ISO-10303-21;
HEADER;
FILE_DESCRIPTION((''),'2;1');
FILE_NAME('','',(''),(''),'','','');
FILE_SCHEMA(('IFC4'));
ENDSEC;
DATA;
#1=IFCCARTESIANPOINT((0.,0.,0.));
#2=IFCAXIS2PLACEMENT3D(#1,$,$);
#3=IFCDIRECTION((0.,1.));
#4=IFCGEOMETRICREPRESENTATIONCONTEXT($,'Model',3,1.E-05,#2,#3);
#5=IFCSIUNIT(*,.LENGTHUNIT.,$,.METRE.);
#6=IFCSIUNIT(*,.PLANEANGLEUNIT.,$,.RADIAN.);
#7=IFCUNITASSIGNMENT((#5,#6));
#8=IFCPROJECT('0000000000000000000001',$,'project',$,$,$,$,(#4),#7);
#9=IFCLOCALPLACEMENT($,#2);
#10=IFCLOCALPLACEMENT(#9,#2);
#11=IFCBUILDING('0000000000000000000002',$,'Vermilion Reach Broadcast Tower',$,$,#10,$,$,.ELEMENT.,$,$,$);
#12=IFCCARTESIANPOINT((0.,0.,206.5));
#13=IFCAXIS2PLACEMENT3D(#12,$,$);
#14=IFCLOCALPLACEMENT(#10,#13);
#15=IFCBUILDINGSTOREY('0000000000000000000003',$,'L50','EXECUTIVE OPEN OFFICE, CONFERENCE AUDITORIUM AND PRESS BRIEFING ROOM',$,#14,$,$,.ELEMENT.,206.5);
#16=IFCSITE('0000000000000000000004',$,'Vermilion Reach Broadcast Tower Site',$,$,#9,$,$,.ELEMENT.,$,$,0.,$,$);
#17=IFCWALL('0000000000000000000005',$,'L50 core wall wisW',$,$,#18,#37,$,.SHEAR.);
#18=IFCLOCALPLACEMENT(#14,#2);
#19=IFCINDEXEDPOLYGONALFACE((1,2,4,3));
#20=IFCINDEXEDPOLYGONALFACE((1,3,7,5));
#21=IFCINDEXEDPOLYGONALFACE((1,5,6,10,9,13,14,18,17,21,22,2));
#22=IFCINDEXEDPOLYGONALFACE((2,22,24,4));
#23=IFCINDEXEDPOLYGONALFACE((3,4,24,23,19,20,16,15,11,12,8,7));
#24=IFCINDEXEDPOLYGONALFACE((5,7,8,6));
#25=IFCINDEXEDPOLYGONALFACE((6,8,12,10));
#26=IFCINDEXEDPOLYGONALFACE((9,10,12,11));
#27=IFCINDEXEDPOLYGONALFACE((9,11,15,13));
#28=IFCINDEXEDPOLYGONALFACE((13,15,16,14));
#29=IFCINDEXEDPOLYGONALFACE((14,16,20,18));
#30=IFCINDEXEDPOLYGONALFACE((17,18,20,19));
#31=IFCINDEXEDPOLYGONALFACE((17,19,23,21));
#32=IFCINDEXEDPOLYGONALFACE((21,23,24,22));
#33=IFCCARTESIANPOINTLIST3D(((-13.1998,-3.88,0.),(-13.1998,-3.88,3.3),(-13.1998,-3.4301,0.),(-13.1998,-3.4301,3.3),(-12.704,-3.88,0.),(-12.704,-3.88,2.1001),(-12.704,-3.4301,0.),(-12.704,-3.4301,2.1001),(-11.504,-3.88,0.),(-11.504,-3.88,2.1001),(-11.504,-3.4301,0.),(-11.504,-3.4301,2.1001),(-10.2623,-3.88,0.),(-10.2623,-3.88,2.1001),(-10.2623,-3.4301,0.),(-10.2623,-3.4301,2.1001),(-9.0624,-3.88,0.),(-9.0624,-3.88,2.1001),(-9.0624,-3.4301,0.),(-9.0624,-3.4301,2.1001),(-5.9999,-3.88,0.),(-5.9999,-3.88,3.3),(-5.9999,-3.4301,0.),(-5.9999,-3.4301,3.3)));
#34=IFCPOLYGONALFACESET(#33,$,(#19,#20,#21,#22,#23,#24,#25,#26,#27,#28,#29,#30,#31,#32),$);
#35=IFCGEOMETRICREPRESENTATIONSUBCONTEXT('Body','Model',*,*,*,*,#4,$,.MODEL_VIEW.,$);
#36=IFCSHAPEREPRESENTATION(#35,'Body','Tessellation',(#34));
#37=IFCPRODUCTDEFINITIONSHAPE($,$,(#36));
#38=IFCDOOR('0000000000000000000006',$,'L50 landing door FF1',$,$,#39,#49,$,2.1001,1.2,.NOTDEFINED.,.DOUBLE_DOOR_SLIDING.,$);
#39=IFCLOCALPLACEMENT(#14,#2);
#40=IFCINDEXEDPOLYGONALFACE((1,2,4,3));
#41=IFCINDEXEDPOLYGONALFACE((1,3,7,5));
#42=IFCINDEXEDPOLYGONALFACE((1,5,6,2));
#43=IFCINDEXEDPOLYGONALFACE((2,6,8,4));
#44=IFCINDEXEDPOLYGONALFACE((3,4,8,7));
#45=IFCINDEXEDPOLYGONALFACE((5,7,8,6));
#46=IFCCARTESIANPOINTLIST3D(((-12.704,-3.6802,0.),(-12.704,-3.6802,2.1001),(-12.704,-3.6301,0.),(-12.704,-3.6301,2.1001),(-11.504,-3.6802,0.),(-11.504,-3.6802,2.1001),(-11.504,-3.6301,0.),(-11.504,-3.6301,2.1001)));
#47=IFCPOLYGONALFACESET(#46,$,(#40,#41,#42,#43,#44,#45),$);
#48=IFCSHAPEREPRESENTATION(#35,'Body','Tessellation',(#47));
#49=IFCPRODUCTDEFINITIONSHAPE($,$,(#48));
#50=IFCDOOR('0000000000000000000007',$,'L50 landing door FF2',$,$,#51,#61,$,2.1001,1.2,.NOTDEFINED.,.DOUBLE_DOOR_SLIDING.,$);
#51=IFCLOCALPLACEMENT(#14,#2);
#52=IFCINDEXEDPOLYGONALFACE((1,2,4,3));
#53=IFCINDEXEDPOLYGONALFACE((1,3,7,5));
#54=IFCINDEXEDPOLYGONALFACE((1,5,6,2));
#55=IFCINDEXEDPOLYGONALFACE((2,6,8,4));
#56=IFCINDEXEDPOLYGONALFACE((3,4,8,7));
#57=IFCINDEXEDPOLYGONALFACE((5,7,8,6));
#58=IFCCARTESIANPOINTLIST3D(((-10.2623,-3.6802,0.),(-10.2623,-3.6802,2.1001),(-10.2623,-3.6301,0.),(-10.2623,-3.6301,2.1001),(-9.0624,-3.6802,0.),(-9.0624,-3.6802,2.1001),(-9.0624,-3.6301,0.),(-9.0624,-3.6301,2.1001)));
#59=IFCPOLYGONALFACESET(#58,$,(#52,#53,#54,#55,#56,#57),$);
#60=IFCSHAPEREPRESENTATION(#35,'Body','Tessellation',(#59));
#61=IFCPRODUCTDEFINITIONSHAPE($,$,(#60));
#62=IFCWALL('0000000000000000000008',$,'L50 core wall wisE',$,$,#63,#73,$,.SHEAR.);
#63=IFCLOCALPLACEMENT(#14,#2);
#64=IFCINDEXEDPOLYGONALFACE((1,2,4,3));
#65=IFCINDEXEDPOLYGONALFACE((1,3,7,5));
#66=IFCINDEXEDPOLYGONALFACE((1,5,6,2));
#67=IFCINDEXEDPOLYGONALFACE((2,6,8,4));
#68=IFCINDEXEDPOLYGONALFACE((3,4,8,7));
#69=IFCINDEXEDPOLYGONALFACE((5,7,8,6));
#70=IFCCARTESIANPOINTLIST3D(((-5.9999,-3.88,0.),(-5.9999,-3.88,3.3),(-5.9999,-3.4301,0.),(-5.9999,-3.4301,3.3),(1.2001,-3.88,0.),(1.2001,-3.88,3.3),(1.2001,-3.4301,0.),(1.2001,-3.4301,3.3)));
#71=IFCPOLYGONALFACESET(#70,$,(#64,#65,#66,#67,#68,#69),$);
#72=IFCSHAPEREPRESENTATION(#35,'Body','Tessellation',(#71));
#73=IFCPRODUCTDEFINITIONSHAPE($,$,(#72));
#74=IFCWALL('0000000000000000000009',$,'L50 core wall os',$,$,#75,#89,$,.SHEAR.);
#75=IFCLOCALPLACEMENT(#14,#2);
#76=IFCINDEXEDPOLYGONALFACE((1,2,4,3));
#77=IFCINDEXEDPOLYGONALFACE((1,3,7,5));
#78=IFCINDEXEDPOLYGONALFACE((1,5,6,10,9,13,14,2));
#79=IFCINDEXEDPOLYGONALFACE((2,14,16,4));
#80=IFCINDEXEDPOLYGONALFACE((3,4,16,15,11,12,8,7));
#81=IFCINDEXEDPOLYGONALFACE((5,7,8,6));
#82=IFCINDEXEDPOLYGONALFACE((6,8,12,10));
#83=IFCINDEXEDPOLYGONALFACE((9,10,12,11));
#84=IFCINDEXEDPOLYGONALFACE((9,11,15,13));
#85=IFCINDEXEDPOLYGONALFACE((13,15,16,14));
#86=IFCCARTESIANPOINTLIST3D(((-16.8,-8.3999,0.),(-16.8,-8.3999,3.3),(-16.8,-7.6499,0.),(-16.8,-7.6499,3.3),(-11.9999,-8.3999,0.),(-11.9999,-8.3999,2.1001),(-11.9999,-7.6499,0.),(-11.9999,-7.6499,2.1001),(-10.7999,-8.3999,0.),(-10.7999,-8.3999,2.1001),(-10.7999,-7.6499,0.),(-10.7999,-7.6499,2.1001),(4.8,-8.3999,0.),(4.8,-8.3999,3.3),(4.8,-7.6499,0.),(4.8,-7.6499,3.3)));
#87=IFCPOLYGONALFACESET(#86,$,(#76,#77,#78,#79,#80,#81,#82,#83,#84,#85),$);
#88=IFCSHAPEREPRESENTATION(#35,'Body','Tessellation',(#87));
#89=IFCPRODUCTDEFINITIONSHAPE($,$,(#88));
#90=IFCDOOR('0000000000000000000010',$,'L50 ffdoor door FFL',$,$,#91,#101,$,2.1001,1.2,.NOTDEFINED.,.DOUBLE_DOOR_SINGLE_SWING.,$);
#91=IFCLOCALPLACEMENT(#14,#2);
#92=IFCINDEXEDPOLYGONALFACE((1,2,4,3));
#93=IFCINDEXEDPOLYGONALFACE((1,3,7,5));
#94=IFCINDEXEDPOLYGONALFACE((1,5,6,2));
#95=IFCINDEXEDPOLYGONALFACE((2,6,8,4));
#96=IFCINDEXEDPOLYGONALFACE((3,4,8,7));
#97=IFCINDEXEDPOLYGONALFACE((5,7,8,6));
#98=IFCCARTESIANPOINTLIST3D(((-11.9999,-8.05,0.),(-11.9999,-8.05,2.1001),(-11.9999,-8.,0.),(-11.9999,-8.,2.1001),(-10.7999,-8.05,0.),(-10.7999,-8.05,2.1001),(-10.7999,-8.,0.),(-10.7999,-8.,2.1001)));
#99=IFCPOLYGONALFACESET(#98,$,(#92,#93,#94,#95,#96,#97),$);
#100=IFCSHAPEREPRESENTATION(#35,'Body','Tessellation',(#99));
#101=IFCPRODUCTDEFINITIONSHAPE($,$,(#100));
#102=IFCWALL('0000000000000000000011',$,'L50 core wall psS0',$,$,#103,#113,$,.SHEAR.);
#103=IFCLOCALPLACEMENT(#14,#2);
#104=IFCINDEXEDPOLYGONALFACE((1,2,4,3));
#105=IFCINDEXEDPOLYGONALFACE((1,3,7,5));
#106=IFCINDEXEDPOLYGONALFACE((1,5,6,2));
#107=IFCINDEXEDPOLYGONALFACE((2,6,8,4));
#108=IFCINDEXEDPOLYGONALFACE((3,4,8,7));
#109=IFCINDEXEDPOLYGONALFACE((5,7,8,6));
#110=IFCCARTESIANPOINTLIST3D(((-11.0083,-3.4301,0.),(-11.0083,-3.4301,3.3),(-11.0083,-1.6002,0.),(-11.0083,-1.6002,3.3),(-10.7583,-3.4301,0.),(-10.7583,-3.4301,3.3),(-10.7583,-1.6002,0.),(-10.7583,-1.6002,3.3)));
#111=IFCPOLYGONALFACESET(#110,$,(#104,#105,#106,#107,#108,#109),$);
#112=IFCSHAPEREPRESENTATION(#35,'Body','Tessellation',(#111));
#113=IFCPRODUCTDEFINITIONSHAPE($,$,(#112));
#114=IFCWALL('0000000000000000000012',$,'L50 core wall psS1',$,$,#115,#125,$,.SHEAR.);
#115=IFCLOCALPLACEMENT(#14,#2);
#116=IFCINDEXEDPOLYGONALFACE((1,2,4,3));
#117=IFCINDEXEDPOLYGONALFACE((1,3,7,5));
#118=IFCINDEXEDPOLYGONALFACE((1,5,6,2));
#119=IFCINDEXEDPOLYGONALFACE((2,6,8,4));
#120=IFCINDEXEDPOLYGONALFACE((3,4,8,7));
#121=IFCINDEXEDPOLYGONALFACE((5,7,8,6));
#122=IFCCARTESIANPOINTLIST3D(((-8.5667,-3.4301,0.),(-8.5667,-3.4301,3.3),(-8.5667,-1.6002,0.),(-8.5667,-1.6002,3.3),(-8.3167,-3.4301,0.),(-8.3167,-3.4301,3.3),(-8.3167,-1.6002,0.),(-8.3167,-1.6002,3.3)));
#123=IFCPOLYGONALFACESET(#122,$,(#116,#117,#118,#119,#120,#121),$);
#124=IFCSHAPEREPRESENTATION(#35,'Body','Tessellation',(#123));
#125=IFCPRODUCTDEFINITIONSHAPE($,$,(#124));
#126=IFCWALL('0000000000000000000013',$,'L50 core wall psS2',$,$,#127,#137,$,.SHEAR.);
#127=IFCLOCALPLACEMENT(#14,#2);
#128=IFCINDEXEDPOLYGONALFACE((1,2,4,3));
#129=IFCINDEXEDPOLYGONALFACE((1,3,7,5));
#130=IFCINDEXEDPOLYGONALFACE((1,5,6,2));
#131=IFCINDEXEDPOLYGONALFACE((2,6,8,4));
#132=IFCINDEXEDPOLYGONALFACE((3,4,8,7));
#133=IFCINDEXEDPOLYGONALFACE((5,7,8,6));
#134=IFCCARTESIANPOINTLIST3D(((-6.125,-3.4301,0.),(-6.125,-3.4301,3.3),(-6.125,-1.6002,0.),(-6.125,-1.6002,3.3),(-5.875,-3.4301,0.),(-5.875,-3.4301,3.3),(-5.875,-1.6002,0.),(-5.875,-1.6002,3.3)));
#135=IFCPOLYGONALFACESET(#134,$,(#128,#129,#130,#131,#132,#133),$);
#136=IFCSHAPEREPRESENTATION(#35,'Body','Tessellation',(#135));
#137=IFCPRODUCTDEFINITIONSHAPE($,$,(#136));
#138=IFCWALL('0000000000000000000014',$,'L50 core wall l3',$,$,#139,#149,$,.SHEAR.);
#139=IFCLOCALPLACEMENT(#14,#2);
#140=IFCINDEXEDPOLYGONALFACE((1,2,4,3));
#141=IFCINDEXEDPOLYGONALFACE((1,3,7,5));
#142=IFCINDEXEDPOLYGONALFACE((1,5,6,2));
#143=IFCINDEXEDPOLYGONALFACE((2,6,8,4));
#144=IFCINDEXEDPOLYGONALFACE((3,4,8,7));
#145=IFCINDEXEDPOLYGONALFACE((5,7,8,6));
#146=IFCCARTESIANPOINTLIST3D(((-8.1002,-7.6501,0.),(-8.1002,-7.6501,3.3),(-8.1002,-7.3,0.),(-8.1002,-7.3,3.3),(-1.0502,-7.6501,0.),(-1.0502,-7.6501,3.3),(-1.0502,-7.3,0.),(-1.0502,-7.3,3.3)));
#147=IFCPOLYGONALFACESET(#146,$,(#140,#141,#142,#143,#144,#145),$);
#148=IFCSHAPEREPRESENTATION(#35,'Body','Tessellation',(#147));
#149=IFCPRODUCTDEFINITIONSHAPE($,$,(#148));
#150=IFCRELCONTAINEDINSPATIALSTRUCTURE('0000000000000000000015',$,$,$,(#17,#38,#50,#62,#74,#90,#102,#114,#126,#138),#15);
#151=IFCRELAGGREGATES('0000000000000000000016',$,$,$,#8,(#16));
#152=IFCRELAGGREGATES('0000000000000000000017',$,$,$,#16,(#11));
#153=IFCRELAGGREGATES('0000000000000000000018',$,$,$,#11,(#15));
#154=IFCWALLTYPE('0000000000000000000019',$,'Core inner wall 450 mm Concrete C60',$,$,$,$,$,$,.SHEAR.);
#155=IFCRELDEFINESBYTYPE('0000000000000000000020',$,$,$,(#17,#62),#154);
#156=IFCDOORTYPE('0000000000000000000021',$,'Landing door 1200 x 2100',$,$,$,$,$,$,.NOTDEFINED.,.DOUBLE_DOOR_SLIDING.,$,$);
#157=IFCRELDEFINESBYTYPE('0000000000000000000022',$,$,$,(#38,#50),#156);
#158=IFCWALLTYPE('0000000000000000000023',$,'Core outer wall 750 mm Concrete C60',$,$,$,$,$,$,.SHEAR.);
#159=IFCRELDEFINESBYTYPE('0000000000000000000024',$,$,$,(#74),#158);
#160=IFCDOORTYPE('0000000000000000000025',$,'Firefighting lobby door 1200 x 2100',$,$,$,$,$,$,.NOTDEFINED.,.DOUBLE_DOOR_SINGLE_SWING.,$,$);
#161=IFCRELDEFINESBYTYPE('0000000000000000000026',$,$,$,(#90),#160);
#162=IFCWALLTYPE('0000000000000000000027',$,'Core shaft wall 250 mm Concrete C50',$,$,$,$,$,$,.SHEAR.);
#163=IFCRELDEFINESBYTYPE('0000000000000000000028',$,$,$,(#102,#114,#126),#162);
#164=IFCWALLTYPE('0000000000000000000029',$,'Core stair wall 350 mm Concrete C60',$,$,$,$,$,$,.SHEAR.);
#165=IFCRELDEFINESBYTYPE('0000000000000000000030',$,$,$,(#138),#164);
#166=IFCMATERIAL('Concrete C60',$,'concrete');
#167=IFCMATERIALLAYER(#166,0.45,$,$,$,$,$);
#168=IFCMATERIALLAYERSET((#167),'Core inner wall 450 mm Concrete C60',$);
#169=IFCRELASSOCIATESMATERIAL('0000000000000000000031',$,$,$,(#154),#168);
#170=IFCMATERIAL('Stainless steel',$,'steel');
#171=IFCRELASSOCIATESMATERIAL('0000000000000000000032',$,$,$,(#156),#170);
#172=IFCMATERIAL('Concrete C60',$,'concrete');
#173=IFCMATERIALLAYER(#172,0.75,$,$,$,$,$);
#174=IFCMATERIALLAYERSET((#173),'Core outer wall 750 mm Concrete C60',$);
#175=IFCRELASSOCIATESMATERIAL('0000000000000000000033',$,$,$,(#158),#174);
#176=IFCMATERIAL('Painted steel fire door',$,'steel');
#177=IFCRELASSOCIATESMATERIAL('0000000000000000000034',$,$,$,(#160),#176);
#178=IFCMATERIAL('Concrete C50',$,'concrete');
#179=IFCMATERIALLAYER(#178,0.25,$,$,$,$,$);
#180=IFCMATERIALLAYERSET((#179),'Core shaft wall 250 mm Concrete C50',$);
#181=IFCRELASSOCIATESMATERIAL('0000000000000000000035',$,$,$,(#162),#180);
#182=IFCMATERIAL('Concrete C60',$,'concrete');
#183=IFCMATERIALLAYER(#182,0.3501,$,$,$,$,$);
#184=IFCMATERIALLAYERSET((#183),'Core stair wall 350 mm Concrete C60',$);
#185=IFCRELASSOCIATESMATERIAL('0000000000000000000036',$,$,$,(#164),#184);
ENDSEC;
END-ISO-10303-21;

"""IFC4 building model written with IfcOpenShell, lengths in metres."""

from ifc_helpers import new_model, si_unit, direction, frame, frame_2d, origin, place, context, subcontext, project, spatial, rectangle, extrude, material, layer, layer_set, type_object, element, fill, save


model = new_model("IFC4")

# Units and contexts
model_context = context("Model", 3, precision=1e-05, world=origin(), true_north=direction((0.0, 1.0)))
body_context = subcontext(model_context, "Body", "Model", "MODEL_VIEW")
ifc_project = project(units=[si_unit("LENGTHUNIT", "METRE"), si_unit("PLANEANGLEUNIT", "RADIAN")], contexts=[model_context])

# Site, building, storey
site_placement = place(None, origin())
site = spatial("IfcSite", under=ifc_project, at=site_placement, Name="Vermilion Reach Broadcast Tower Site", CompositionType="ELEMENT", RefElevation=0.0)
building_placement = place(site_placement, origin())
building = spatial("IfcBuilding", under=site, at=building_placement, Name="Vermilion Reach Broadcast Tower", CompositionType="ELEMENT")
storey_placement = place(building_placement, frame((0.0, 0.0, 206.5)))
storey = spatial("IfcBuildingStorey", under=building, at=storey_placement, Name="L50", Description="EXECUTIVE OPEN OFFICE, CONFERENCE AUDITORIUM AND PRESS BRIEFING ROOM", CompositionType="ELEMENT", Elevation=206.5)

# Wall, openings, doors
ifc_material_1 = material(Name="Concrete C60", Category="concrete")
ifc_layer_1 = layer(ifc_material_1, 0.45)
ifc_layer_set_1 = layer_set([ifc_layer_1], Name="Core inner wall 450 mm Concrete C60")
wall_type_1 = type_object("IfcWallType", Name="Core inner wall 450 mm Concrete C60", PredefinedType="SHEAR", material=ifc_layer_set_1)
wall_1_placement = place(storey_placement, frame((-13.2, -3.655, 0.0), z_axis=(0.0, 0.0, 1.0), x_axis=(1.0, 0.0, 0.0)))
wall_1 = element("IfcWall", 1, at=wall_1_placement, inside=storey, type_object=wall_type_1, Name="L50 core wall wisW", PredefinedType="SHEAR", context=body_context, shape_type="SweptSolid", body=[
    extrude(rectangle(XDim=7.2, YDim=0.45, at=frame_2d((3.6001, 0.0))), origin(), (0.0, 0.0, 1.0), 3.3),
])
opening_1_placement = place(wall_1_placement, frame((0.4958, 0.0, 0.0)))
opening_1 = element("IfcOpeningElement", 2, at=opening_1_placement, cuts=wall_1, PredefinedType="OPENING", context=body_context, shape_type="SweptSolid", body=[
    extrude(rectangle(XDim=1.2, YDim=2.1001, at=frame_2d((0.6001, 1.05))), frame((0.0, 0.2349, 0.0), z_axis=(0.0, -1.0, 0.0), x_axis=(1.0, 0.0, 0.0)), (0.0, 0.0, 1.0), 0.47),
])
opening_2_placement = place(wall_1_placement, frame((2.9375, 0.0, 0.0)))
opening_2 = element("IfcOpeningElement", 3, at=opening_2_placement, cuts=wall_1, PredefinedType="OPENING", context=body_context, shape_type="SweptSolid", body=[
    extrude(rectangle(XDim=1.2, YDim=2.1001, at=frame_2d((0.6001, 1.05))), frame((0.0, 0.2349, 0.0), z_axis=(0.0, -1.0, 0.0), x_axis=(1.0, 0.0, 0.0)), (0.0, 0.0, 1.0), 0.47),
])
ifc_material_2 = material(Name="Stainless steel", Category="steel")
door_type_1 = type_object("IfcDoorType", Name="Landing door 1200 x 2100", OperationType="DOUBLE_DOOR_SLIDING", PredefinedType="NOTDEFINED", material=ifc_material_2)
door_1_placement = place(opening_1_placement, origin())
door_1 = element("IfcDoor", 4, at=door_1_placement, inside=storey, type_object=door_type_1, Name="L50 landing door FF1", OperationType="DOUBLE_DOOR_SLIDING", OverallHeight=2.1001, OverallWidth=1.2, PredefinedType="NOTDEFINED", context=body_context, shape_type="SweptSolid", body=[
    extrude(rectangle(XDim=1.2, YDim=2.1001, at=frame_2d((0.6001, 1.05))), frame((0.0, 0.0249, 0.0), z_axis=(0.0, -1.0, 0.0), x_axis=(1.0, 0.0, 0.0)), (0.0, 0.0, 1.0), 0.05),
])
fill(opening_1, door_1)
door_2_placement = place(opening_2_placement, origin())
door_2 = element("IfcDoor", 5, at=door_2_placement, inside=storey, type_object=door_type_1, Name="L50 landing door FF2", OperationType="DOUBLE_DOOR_SLIDING", OverallHeight=2.1001, OverallWidth=1.2, PredefinedType="NOTDEFINED", context=body_context, shape_type="SweptSolid", body=[
    extrude(rectangle(XDim=1.2, YDim=2.1001, at=frame_2d((0.6001, 1.05))), frame((0.0, 0.0249, 0.0), z_axis=(0.0, -1.0, 0.0), x_axis=(1.0, 0.0, 0.0)), (0.0, 0.0, 1.0), 0.05),
])
fill(opening_2, door_2)

# Wall
wall_2_placement = place(storey_placement, frame((-6.0, -3.655, 0.0), z_axis=(0.0, 0.0, 1.0), x_axis=(1.0, 0.0, 0.0)))
element("IfcWall", 6, at=wall_2_placement, inside=storey, type_object=wall_type_1, Name="L50 core wall wisE", PredefinedType="SHEAR", context=body_context, shape_type="SweptSolid", body=[
    extrude(rectangle(XDim=7.2, YDim=0.45, at=frame_2d((3.6001, 0.0))), origin(), (0.0, 0.0, 1.0), 3.3),
])

# Wall, opening, door
ifc_material_3 = material(Name="Concrete C60", Category="concrete")
ifc_layer_2 = layer(ifc_material_3, 0.75)
ifc_layer_set_2 = layer_set([ifc_layer_2], Name="Core outer wall 750 mm Concrete C60")
wall_type_2 = type_object("IfcWallType", Name="Core outer wall 750 mm Concrete C60", PredefinedType="SHEAR", material=ifc_layer_set_2)
wall_3_placement = place(storey_placement, frame((-16.8, -8.0249, 0.0), z_axis=(0.0, 0.0, 1.0), x_axis=(1.0, 0.0, 0.0)))
wall_3 = element("IfcWall", 7, at=wall_3_placement, inside=storey, type_object=wall_type_2, Name="L50 core wall os", PredefinedType="SHEAR", context=body_context, shape_type="SweptSolid", body=[
    extrude(rectangle(XDim=21.6001, YDim=0.75, at=frame_2d((10.8, 0.0))), origin(), (0.0, 0.0, 1.0), 3.3),
])
opening_3_placement = place(wall_3_placement, frame((4.8, 0.0, 0.0)))
opening_3 = element("IfcOpeningElement", 8, at=opening_3_placement, cuts=wall_3, PredefinedType="OPENING", context=body_context, shape_type="SweptSolid", body=[
    extrude(rectangle(XDim=1.2, YDim=2.1001, at=frame_2d((0.6001, 1.05))), frame((0.0, 0.385, 0.0), z_axis=(0.0, -1.0, 0.0), x_axis=(1.0, 0.0, 0.0)), (0.0, 0.0, 1.0), 0.77),
])
ifc_material_4 = material(Name="Painted steel fire door", Category="steel")
door_type_2 = type_object("IfcDoorType", Name="Firefighting lobby door 1200 x 2100", OperationType="DOUBLE_DOOR_SINGLE_SWING", PredefinedType="NOTDEFINED", material=ifc_material_4)
door_3_placement = place(opening_3_placement, origin())
door_3 = element("IfcDoor", 9, at=door_3_placement, inside=storey, type_object=door_type_2, Name="L50 ffdoor door FFL", OperationType="DOUBLE_DOOR_SINGLE_SWING", OverallHeight=2.1001, OverallWidth=1.2, PredefinedType="NOTDEFINED", context=body_context, shape_type="SweptSolid", body=[
    extrude(rectangle(XDim=1.2, YDim=2.1001, at=frame_2d((0.6001, 1.05))), frame((0.0, 0.0249, 0.0), z_axis=(0.0, -1.0, 0.0), x_axis=(1.0, 0.0, 0.0)), (0.0, 0.0, 1.0), 0.05),
])
fill(opening_3, door_3)

# Walls
ifc_material_5 = material(Name="Concrete C50", Category="concrete")
ifc_layer_3 = layer(ifc_material_5, 0.25)
ifc_layer_set_3 = layer_set([ifc_layer_3], Name="Core shaft wall 250 mm Concrete C50")
wall_type_3 = type_object("IfcWallType", Name="Core shaft wall 250 mm Concrete C50", PredefinedType="SHEAR", material=ifc_layer_set_3)
for number, where, z_axis, x_axis, name in (
    (10, (-10.8833, -1.6001, 0.0), (0.0, 0.0, 1.0), (0.0, -1.0, 0.0), "L50 core wall psS0"),
    (11, (-8.4417, -1.6001, 0.0), (0.0, 0.0, 1.0), (0.0, -1.0, 0.0), "L50 core wall psS1"),
    (12, (-6.0, -1.6001, 0.0), (0.0, 0.0, 1.0), (0.0, -1.0, 0.0), "L50 core wall psS2"),
):
    element("IfcWall", number, at=place(storey_placement, frame(where, z_axis=z_axis, x_axis=x_axis)), inside=storey, type_object=wall_type_3, Name=name, PredefinedType="SHEAR", context=body_context, shape_type="SweptSolid", body=[
        extrude(rectangle(XDim=1.8298, YDim=0.25, at=frame_2d((0.915, 0.0))), origin(), (0.0, 0.0, 1.0), 3.3),
    ])
ifc_material_6 = material(Name="Concrete C60", Category="concrete")
ifc_layer_4 = layer(ifc_material_6, 0.3501)
ifc_layer_set_4 = layer_set([ifc_layer_4], Name="Core stair wall 350 mm Concrete C60")
wall_type_4 = type_object("IfcWallType", Name="Core stair wall 350 mm Concrete C60", PredefinedType="SHEAR", material=ifc_layer_set_4)
wall_4_placement = place(storey_placement, frame((-8.1001, -7.4751, 0.0), z_axis=(0.0, 0.0, 1.0), x_axis=(1.0, 0.0, 0.0)))
element("IfcWall", 13, at=wall_4_placement, inside=storey, type_object=wall_type_4, Name="L50 core wall l3", PredefinedType="SHEAR", context=body_context, shape_type="SweptSolid", body=[
    extrude(rectangle(XDim=7.05, YDim=0.3501, at=frame_2d((3.5249, 0.0))), origin(), (0.0, 0.0, 1.0), 3.3),
])

save(model, "model.ifc")
